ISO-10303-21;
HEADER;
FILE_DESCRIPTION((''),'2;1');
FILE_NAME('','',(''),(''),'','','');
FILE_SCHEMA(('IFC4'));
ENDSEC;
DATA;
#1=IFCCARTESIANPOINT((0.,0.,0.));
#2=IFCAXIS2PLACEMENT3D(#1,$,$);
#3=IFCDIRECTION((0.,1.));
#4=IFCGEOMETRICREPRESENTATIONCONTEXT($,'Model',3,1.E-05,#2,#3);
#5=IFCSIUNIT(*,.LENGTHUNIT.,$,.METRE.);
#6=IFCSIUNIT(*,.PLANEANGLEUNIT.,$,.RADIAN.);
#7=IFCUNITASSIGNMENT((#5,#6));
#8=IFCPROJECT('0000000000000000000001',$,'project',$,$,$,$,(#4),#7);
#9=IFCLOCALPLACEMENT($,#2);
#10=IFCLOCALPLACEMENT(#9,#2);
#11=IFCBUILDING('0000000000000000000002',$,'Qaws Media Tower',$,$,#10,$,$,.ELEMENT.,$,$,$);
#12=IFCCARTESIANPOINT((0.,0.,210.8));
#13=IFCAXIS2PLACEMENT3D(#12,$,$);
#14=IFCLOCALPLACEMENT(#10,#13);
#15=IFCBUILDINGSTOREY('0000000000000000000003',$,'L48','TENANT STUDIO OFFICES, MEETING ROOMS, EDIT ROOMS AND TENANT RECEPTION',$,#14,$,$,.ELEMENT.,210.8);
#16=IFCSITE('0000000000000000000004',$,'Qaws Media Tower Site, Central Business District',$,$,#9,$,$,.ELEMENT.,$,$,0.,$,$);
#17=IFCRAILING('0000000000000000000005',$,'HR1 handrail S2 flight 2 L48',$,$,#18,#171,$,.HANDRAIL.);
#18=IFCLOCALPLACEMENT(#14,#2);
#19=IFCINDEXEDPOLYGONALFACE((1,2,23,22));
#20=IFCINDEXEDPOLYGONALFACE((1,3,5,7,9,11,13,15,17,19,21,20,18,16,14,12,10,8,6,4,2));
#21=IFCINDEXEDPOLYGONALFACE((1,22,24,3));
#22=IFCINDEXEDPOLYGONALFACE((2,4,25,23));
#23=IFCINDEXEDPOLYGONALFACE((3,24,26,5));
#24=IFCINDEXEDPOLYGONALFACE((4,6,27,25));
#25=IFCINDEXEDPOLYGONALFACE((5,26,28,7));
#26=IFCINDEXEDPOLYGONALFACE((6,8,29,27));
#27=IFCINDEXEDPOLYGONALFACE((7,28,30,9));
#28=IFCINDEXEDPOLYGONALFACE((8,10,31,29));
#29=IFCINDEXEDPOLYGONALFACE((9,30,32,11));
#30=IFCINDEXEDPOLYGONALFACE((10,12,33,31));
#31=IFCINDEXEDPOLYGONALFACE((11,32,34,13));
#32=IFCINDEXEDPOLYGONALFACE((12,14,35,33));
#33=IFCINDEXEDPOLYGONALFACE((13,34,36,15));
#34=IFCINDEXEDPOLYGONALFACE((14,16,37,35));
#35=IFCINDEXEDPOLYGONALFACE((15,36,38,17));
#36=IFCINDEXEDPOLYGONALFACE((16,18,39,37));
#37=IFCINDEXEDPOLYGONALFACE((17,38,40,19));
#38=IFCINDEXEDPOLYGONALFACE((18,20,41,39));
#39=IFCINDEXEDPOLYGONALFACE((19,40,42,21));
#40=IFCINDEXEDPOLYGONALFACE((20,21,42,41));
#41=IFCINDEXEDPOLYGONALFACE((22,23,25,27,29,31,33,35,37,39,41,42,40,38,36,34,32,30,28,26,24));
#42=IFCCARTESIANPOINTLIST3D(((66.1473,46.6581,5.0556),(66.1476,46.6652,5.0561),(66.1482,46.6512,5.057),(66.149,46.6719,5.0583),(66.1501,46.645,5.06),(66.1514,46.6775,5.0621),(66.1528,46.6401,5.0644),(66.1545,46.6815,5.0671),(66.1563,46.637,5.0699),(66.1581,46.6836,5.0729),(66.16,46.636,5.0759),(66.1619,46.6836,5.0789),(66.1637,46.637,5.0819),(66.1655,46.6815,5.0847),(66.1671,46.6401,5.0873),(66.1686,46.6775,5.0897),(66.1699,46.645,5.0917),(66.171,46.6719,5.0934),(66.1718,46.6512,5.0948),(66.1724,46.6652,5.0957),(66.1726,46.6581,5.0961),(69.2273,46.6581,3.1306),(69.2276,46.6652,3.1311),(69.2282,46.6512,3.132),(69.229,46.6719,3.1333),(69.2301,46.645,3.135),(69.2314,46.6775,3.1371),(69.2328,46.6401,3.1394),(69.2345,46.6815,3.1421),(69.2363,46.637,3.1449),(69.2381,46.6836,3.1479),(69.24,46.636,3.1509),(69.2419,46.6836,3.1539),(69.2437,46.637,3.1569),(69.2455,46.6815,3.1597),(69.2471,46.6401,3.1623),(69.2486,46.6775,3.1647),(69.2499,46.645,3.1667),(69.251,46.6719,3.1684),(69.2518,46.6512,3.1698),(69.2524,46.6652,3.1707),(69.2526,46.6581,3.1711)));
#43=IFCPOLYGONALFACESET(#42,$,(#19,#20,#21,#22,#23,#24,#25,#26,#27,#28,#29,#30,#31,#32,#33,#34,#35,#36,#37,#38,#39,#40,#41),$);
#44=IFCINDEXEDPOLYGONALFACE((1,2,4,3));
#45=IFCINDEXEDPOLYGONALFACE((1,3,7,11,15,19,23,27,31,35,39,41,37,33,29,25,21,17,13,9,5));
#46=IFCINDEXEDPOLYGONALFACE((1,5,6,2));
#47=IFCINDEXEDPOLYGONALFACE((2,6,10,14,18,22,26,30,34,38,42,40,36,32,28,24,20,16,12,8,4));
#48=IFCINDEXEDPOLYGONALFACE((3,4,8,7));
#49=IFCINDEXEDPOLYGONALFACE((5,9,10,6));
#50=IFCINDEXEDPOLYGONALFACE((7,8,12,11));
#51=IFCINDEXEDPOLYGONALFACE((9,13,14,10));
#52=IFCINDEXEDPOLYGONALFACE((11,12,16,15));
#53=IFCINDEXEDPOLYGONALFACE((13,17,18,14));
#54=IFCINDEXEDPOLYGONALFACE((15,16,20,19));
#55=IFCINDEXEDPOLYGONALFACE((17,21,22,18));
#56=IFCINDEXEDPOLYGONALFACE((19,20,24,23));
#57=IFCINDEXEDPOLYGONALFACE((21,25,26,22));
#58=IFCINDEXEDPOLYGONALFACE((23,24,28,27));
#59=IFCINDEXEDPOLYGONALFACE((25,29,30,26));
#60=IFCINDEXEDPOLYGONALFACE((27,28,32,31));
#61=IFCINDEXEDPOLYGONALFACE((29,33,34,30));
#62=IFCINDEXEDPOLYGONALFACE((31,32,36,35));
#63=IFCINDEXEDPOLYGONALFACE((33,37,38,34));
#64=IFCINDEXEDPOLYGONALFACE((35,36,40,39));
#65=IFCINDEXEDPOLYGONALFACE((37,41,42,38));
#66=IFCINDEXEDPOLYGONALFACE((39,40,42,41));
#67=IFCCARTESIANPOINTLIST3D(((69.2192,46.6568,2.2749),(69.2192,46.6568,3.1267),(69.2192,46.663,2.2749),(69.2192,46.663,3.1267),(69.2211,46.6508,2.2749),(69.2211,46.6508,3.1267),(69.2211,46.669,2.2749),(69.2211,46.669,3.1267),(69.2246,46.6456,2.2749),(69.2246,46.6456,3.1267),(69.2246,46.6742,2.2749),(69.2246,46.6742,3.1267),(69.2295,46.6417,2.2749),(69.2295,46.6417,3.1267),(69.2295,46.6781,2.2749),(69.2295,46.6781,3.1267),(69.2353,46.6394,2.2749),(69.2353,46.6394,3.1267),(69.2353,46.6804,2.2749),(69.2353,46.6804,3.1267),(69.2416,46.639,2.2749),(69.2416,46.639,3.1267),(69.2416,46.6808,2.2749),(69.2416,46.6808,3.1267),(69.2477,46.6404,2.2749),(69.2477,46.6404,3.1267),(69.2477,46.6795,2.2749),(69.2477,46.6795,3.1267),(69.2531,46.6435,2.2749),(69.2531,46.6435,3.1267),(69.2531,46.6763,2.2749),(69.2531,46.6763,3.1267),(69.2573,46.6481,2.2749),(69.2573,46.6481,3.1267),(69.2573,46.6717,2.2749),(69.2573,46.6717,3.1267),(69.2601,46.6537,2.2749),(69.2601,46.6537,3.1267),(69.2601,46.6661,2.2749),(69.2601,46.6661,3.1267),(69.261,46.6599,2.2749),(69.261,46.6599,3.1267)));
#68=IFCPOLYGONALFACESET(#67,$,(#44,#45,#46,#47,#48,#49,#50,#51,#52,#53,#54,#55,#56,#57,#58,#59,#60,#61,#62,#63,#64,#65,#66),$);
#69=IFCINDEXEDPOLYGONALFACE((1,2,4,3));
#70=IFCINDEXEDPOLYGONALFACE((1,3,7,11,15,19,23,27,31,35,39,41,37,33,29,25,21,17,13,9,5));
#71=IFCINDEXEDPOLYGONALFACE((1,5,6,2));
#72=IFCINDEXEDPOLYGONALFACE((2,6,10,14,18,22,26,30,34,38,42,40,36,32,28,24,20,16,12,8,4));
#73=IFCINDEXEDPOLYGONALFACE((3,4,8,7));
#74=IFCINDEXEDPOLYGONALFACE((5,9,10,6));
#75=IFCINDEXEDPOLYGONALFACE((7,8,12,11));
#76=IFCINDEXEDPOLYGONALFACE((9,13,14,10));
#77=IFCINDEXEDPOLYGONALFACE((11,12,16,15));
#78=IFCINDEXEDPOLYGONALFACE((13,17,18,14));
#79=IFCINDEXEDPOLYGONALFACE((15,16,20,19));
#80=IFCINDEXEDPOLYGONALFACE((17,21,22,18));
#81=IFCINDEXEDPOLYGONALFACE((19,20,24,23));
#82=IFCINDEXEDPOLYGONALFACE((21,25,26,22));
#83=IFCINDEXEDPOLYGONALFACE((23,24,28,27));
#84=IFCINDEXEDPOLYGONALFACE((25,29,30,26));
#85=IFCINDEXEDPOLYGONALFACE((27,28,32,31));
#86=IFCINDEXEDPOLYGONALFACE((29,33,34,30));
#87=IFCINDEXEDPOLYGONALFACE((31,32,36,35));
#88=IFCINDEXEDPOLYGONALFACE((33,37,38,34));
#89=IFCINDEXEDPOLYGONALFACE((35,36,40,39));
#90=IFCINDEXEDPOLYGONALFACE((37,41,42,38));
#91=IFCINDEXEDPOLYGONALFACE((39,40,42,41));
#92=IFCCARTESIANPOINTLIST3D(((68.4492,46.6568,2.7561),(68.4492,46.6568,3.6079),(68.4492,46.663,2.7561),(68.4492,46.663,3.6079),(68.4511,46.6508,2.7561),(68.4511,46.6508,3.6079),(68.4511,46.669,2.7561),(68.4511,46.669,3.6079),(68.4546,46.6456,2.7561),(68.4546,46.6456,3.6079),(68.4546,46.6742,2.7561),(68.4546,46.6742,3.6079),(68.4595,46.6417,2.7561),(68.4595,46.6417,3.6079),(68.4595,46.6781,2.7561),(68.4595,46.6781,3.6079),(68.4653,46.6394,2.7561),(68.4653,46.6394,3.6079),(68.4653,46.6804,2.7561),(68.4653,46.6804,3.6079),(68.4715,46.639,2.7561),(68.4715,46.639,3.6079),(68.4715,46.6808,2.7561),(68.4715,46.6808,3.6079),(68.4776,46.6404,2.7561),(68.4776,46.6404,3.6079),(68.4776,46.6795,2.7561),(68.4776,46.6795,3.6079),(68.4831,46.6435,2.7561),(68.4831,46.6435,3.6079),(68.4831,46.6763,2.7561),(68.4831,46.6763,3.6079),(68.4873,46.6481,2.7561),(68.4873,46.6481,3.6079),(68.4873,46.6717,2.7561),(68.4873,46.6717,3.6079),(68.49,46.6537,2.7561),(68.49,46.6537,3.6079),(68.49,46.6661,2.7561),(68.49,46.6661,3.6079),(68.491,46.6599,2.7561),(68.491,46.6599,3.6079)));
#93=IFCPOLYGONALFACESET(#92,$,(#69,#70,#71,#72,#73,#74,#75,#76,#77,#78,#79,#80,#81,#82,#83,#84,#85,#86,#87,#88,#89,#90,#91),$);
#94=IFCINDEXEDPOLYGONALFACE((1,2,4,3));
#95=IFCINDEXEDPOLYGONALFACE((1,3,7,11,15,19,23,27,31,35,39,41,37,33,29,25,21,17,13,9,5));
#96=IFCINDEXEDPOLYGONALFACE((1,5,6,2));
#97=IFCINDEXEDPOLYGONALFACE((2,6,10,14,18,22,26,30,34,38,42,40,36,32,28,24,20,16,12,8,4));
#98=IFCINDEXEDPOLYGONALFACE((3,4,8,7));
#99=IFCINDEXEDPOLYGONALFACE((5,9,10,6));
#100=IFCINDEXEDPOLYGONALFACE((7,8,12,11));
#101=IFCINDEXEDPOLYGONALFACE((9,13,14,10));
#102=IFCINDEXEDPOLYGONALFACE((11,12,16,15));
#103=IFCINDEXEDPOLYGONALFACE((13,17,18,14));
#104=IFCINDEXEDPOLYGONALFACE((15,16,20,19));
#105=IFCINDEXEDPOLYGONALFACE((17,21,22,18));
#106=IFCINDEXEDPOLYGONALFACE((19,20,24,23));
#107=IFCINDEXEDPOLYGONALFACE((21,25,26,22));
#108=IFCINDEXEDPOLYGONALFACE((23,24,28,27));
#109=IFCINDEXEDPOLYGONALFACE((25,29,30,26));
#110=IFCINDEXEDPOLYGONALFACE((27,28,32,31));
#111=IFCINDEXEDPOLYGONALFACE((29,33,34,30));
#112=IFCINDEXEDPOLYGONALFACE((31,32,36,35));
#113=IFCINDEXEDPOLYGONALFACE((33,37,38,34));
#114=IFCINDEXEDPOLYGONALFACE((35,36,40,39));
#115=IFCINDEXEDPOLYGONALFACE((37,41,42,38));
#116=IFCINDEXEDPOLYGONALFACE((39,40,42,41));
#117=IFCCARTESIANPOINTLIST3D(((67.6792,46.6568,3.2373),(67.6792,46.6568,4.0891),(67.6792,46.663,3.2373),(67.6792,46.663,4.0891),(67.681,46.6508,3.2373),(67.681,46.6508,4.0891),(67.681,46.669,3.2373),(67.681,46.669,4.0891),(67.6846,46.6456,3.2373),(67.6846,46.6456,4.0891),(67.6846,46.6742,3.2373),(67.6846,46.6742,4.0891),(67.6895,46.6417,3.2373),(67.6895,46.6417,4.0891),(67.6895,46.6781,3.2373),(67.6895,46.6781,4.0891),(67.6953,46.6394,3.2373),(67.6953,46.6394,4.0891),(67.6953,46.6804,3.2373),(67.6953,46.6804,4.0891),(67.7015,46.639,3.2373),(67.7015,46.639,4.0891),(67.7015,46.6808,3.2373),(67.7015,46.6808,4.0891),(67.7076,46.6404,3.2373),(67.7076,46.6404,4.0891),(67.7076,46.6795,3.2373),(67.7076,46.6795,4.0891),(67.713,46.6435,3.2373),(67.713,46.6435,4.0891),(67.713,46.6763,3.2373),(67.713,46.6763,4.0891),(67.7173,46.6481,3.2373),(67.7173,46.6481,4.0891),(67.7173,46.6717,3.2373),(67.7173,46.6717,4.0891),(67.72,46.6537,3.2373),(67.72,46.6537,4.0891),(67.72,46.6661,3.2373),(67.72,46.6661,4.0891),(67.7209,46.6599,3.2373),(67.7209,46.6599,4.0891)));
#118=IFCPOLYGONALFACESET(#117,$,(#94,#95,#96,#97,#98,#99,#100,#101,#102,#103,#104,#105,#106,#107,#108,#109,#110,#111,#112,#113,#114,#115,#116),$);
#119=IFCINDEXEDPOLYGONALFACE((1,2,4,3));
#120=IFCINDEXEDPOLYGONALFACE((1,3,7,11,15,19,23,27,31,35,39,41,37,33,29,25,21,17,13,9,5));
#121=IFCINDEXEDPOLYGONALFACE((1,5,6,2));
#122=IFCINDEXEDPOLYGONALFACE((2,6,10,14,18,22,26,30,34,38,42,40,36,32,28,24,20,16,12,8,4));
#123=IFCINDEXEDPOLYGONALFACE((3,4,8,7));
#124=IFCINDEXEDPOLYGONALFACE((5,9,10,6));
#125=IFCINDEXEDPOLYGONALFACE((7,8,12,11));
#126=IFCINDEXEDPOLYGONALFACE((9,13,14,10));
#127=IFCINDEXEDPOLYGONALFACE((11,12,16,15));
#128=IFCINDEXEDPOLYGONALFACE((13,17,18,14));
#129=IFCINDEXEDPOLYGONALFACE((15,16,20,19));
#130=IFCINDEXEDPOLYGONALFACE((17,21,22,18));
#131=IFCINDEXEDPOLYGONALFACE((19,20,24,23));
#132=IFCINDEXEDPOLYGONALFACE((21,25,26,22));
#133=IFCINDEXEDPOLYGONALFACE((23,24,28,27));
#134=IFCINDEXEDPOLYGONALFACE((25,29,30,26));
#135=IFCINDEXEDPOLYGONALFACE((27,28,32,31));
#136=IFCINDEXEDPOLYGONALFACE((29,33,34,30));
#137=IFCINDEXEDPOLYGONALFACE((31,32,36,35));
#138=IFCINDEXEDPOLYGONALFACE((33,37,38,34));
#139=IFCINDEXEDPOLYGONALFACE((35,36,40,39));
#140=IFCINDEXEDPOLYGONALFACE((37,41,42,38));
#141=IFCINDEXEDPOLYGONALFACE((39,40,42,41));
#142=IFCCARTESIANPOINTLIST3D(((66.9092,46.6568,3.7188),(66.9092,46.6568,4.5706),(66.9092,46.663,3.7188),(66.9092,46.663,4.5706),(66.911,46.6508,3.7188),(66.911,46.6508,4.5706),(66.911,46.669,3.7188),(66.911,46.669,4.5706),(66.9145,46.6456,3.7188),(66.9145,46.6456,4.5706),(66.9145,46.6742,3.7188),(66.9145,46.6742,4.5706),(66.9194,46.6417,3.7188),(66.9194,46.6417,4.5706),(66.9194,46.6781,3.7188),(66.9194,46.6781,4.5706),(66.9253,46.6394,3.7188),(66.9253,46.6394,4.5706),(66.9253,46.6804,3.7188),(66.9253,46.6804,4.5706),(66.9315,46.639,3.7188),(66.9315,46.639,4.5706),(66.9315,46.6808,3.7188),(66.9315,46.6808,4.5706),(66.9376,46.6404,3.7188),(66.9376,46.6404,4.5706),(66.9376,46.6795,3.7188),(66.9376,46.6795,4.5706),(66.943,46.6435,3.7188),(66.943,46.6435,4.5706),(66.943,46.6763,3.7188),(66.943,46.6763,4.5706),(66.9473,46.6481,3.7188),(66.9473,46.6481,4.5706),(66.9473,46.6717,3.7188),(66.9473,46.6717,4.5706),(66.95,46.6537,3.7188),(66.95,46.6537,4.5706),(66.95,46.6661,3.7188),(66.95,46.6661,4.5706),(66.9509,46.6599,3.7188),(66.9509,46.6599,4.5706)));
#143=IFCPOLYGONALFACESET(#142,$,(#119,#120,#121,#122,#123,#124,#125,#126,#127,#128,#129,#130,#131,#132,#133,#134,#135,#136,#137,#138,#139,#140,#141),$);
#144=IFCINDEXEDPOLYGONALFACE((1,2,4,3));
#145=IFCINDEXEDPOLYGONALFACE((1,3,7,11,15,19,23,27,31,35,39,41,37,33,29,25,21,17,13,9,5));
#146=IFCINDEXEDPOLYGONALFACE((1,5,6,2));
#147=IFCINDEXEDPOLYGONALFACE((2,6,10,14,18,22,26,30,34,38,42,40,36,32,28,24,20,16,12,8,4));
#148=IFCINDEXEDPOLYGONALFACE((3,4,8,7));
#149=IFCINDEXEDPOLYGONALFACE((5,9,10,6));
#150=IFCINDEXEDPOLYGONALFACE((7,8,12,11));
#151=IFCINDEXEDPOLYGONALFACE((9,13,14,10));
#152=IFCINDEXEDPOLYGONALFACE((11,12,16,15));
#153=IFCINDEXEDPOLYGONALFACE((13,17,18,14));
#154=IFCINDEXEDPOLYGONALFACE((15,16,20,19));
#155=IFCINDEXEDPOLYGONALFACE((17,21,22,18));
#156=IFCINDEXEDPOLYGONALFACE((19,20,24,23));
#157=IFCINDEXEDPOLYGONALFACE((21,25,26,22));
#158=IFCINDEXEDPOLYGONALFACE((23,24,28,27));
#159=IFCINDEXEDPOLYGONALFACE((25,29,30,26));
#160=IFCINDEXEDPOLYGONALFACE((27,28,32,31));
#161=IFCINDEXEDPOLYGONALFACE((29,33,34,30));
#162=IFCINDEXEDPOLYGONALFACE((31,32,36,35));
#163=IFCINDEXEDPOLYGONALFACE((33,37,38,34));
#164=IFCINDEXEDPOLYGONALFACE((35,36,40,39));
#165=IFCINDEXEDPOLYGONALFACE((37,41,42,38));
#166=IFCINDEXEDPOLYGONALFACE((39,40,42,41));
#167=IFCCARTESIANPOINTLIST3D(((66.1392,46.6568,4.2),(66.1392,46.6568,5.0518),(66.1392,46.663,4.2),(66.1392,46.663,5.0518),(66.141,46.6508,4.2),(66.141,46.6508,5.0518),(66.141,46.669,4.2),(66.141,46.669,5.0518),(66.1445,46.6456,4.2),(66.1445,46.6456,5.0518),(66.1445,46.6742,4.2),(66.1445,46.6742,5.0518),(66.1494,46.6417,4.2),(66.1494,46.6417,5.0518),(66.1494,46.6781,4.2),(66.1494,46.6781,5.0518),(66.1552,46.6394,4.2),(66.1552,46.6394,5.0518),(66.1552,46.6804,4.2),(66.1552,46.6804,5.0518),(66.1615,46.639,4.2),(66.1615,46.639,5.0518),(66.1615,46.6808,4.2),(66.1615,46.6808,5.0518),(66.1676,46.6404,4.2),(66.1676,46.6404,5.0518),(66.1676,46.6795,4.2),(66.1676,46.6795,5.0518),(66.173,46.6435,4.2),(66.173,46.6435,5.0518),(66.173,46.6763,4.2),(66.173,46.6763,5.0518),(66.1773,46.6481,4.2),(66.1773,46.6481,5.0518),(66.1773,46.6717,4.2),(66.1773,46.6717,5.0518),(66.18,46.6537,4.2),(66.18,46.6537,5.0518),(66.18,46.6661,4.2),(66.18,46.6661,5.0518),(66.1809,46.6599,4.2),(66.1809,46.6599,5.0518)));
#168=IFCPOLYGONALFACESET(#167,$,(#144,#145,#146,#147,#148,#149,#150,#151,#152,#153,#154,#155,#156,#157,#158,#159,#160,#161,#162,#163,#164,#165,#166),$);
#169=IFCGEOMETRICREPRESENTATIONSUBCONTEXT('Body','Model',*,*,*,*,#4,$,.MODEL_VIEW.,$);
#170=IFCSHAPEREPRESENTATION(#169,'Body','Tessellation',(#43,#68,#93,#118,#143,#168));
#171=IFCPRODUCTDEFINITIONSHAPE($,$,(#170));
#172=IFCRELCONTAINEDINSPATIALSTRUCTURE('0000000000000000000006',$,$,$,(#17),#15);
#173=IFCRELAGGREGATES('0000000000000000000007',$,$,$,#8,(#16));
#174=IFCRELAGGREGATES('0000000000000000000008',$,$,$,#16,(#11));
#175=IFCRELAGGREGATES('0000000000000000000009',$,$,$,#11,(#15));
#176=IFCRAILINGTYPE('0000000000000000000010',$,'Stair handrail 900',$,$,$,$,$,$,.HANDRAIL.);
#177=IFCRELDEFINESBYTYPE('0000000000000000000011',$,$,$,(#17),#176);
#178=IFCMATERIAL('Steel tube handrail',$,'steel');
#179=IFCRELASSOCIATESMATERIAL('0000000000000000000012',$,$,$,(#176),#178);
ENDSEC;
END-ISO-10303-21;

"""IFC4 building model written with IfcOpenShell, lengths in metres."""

from ifc_helpers import new_model, si_unit, direction, frame, origin, origin_2d, place, context, subcontext, project, spatial, circle, extrude, material, type_object, element, save


model = new_model("IFC4")

# Units and contexts
model_context = context("Model", 3, precision=1e-05, world=origin(), true_north=direction((0.0, 1.0)))
body_context = subcontext(model_context, "Body", "Model", "MODEL_VIEW")
ifc_project = project(units=[si_unit("LENGTHUNIT", "METRE"), si_unit("PLANEANGLEUNIT", "RADIAN")], contexts=[model_context])

# Site, building, storey
site_placement = place(None, origin())
site = spatial("IfcSite", under=ifc_project, at=site_placement, Name="Qaws Media Tower Site, Central Business District", CompositionType="ELEMENT", RefElevation=0.0)
building_placement = place(site_placement, origin())
building = spatial("IfcBuilding", under=site, at=building_placement, Name="Qaws Media Tower", CompositionType="ELEMENT")
storey_placement = place(building_placement, frame((0.0, 0.0, 210.8)))
storey = spatial("IfcBuildingStorey", under=building, at=storey_placement, Name="L48", Description="TENANT STUDIO OFFICES, MEETING ROOMS, EDIT ROOMS AND TENANT RECEPTION", CompositionType="ELEMENT", Elevation=210.8)

# Railing
ifc_material_1 = material(Name="Steel tube handrail", Category="steel")
railing_type = type_object("IfcRailingType", Name="Stair handrail 900", PredefinedType="HANDRAIL", material=ifc_material_1)
for number, where, name in (
    (1, (69.24, 46.6599, 2.2749), "HR1 handrail S2 flight 2 L48"),
):
    element("IfcRailing", number, at=place(storey_placement, frame(where)), inside=storey, type_object=railing_type, Name=name, PredefinedType="HANDRAIL", context=body_context, shape_type="SweptSolid", body=[
        extrude(circle(Radius=0.0239, at=origin_2d()), frame((0.0, 0.0, 0.876), z_axis=(-0.847998, 0.0, 0.529999), x_axis=(0.0, -1.0, 0.0)), (0.0, 0.0, 1.0), 3.6321),
        extrude(circle(Radius=0.021, at=origin_2d()), origin(), (0.0, 0.0, 1.0), 0.8518),
        extrude(circle(Radius=0.021, at=origin_2d()), frame((-0.77, 0.0, 0.4812)), (0.0, 0.0, 1.0), 0.8518),
        extrude(circle(Radius=0.021, at=origin_2d()), frame((-1.54, 0.0, 0.9624)), (0.0, 0.0, 1.0), 0.8518),
        extrude(circle(Radius=0.021, at=origin_2d()), frame((-2.3101, 0.0, 1.4438)), (0.0, 0.0, 1.0), 0.8518),
        extrude(circle(Radius=0.021, at=origin_2d()), frame((-3.0801, 0.0, 1.925)), (0.0, 0.0, 1.0), 0.8518),
    ])

save(model, "model.ifc")
